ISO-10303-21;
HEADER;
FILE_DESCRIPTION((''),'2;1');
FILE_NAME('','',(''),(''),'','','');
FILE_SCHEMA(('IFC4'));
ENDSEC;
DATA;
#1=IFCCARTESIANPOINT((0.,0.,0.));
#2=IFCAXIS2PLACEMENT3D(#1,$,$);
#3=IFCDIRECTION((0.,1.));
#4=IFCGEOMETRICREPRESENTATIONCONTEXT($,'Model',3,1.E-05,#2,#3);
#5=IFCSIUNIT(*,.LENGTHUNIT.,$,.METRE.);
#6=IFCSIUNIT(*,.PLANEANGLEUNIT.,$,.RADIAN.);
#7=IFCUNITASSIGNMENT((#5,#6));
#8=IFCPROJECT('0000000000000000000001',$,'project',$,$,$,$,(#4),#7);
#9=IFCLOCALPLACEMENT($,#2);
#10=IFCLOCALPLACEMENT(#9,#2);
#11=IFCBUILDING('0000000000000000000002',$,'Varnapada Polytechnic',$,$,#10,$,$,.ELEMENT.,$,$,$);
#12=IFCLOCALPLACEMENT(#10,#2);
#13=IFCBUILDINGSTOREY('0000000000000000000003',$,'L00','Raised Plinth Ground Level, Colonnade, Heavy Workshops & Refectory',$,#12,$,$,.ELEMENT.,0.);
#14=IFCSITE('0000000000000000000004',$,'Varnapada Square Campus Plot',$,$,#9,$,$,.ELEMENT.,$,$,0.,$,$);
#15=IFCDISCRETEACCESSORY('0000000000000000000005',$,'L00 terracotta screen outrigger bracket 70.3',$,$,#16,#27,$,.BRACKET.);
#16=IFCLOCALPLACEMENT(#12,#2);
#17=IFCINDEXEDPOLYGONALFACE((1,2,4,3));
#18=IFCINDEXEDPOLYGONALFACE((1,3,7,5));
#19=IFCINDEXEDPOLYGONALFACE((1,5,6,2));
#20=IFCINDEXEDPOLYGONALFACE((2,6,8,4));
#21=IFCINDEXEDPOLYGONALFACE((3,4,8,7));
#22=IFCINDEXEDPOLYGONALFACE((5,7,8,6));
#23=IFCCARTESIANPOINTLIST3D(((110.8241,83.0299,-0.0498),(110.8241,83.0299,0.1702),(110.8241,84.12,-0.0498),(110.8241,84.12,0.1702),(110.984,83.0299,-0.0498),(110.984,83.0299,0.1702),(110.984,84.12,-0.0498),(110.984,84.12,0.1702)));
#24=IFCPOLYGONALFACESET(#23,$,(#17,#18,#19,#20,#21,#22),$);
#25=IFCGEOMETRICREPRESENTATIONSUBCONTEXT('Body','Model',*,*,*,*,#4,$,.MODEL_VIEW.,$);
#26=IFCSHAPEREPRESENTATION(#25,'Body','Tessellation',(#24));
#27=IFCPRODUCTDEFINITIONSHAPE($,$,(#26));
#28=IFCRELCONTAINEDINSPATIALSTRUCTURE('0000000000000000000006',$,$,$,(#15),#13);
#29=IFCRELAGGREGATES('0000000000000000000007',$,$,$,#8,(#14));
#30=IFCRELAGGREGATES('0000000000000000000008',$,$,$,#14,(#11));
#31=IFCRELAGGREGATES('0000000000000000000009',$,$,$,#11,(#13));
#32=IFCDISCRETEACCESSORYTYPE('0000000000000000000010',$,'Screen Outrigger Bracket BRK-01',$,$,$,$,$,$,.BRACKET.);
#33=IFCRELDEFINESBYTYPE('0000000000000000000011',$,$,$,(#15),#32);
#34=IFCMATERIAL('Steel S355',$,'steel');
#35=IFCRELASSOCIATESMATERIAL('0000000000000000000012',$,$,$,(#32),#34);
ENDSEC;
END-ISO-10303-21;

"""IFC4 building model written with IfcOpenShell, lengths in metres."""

from ifc_helpers import new_model, si_unit, direction, frame, origin, origin_2d, place, context, subcontext, project, spatial, rectangle, extrude, material, type_object, element, save


model = new_model("IFC4")

# Units and contexts
model_context = context("Model", 3, precision=1e-05, world=origin(), true_north=direction((0.0, 1.0)))
body_context = subcontext(model_context, "Body", "Model", "MODEL_VIEW")
ifc_project = project(units=[si_unit("LENGTHUNIT", "METRE"), si_unit("PLANEANGLEUNIT", "RADIAN")], contexts=[model_context])

# Site, building, storey
site_placement = place(None, origin())
site = spatial("IfcSite", under=ifc_project, at=site_placement, Name="Varnapada Square Campus Plot", CompositionType="ELEMENT", RefElevation=0.0)
building_placement = place(site_placement, origin())
building = spatial("IfcBuilding", under=site, at=building_placement, Name="Varnapada Polytechnic", CompositionType="ELEMENT")
storey_placement = place(building_placement, origin())
storey = spatial("IfcBuildingStorey", under=building, at=storey_placement, Name="L00", Description="Raised Plinth Ground Level, Colonnade, Heavy Workshops & Refectory", CompositionType="ELEMENT", Elevation=0.0)

# Shared definitions
ifc_material_1 = material(Name="Steel S355", Category="steel")

# Discrete accessory
discrete_accessory_type = type_object("IfcDiscreteAccessoryType", Name="Screen Outrigger Bracket BRK-01", PredefinedType="BRACKET", material=ifc_material_1)
for number, where, z_axis, x_axis, name in (
    (1, (110.9041, 83.575, -0.0498), (0.0, 0.0, 1.0), (-1.0, 0.0, 0.0), "L00 terracotta screen outrigger bracket 70.3"),
):
    element("IfcDiscreteAccessory", number, at=place(storey_placement, frame(where, z_axis=z_axis, x_axis=x_axis)), inside=storey, type_object=discrete_accessory_type, Name=name, PredefinedType="BRACKET", context=body_context, shape_type="SweptSolid", body=[
        extrude(rectangle(XDim=0.1599, YDim=1.0901, at=origin_2d()), origin(), (0.0, 0.0, 1.0), 0.22),
    ])

save(model, "model.ifc")
